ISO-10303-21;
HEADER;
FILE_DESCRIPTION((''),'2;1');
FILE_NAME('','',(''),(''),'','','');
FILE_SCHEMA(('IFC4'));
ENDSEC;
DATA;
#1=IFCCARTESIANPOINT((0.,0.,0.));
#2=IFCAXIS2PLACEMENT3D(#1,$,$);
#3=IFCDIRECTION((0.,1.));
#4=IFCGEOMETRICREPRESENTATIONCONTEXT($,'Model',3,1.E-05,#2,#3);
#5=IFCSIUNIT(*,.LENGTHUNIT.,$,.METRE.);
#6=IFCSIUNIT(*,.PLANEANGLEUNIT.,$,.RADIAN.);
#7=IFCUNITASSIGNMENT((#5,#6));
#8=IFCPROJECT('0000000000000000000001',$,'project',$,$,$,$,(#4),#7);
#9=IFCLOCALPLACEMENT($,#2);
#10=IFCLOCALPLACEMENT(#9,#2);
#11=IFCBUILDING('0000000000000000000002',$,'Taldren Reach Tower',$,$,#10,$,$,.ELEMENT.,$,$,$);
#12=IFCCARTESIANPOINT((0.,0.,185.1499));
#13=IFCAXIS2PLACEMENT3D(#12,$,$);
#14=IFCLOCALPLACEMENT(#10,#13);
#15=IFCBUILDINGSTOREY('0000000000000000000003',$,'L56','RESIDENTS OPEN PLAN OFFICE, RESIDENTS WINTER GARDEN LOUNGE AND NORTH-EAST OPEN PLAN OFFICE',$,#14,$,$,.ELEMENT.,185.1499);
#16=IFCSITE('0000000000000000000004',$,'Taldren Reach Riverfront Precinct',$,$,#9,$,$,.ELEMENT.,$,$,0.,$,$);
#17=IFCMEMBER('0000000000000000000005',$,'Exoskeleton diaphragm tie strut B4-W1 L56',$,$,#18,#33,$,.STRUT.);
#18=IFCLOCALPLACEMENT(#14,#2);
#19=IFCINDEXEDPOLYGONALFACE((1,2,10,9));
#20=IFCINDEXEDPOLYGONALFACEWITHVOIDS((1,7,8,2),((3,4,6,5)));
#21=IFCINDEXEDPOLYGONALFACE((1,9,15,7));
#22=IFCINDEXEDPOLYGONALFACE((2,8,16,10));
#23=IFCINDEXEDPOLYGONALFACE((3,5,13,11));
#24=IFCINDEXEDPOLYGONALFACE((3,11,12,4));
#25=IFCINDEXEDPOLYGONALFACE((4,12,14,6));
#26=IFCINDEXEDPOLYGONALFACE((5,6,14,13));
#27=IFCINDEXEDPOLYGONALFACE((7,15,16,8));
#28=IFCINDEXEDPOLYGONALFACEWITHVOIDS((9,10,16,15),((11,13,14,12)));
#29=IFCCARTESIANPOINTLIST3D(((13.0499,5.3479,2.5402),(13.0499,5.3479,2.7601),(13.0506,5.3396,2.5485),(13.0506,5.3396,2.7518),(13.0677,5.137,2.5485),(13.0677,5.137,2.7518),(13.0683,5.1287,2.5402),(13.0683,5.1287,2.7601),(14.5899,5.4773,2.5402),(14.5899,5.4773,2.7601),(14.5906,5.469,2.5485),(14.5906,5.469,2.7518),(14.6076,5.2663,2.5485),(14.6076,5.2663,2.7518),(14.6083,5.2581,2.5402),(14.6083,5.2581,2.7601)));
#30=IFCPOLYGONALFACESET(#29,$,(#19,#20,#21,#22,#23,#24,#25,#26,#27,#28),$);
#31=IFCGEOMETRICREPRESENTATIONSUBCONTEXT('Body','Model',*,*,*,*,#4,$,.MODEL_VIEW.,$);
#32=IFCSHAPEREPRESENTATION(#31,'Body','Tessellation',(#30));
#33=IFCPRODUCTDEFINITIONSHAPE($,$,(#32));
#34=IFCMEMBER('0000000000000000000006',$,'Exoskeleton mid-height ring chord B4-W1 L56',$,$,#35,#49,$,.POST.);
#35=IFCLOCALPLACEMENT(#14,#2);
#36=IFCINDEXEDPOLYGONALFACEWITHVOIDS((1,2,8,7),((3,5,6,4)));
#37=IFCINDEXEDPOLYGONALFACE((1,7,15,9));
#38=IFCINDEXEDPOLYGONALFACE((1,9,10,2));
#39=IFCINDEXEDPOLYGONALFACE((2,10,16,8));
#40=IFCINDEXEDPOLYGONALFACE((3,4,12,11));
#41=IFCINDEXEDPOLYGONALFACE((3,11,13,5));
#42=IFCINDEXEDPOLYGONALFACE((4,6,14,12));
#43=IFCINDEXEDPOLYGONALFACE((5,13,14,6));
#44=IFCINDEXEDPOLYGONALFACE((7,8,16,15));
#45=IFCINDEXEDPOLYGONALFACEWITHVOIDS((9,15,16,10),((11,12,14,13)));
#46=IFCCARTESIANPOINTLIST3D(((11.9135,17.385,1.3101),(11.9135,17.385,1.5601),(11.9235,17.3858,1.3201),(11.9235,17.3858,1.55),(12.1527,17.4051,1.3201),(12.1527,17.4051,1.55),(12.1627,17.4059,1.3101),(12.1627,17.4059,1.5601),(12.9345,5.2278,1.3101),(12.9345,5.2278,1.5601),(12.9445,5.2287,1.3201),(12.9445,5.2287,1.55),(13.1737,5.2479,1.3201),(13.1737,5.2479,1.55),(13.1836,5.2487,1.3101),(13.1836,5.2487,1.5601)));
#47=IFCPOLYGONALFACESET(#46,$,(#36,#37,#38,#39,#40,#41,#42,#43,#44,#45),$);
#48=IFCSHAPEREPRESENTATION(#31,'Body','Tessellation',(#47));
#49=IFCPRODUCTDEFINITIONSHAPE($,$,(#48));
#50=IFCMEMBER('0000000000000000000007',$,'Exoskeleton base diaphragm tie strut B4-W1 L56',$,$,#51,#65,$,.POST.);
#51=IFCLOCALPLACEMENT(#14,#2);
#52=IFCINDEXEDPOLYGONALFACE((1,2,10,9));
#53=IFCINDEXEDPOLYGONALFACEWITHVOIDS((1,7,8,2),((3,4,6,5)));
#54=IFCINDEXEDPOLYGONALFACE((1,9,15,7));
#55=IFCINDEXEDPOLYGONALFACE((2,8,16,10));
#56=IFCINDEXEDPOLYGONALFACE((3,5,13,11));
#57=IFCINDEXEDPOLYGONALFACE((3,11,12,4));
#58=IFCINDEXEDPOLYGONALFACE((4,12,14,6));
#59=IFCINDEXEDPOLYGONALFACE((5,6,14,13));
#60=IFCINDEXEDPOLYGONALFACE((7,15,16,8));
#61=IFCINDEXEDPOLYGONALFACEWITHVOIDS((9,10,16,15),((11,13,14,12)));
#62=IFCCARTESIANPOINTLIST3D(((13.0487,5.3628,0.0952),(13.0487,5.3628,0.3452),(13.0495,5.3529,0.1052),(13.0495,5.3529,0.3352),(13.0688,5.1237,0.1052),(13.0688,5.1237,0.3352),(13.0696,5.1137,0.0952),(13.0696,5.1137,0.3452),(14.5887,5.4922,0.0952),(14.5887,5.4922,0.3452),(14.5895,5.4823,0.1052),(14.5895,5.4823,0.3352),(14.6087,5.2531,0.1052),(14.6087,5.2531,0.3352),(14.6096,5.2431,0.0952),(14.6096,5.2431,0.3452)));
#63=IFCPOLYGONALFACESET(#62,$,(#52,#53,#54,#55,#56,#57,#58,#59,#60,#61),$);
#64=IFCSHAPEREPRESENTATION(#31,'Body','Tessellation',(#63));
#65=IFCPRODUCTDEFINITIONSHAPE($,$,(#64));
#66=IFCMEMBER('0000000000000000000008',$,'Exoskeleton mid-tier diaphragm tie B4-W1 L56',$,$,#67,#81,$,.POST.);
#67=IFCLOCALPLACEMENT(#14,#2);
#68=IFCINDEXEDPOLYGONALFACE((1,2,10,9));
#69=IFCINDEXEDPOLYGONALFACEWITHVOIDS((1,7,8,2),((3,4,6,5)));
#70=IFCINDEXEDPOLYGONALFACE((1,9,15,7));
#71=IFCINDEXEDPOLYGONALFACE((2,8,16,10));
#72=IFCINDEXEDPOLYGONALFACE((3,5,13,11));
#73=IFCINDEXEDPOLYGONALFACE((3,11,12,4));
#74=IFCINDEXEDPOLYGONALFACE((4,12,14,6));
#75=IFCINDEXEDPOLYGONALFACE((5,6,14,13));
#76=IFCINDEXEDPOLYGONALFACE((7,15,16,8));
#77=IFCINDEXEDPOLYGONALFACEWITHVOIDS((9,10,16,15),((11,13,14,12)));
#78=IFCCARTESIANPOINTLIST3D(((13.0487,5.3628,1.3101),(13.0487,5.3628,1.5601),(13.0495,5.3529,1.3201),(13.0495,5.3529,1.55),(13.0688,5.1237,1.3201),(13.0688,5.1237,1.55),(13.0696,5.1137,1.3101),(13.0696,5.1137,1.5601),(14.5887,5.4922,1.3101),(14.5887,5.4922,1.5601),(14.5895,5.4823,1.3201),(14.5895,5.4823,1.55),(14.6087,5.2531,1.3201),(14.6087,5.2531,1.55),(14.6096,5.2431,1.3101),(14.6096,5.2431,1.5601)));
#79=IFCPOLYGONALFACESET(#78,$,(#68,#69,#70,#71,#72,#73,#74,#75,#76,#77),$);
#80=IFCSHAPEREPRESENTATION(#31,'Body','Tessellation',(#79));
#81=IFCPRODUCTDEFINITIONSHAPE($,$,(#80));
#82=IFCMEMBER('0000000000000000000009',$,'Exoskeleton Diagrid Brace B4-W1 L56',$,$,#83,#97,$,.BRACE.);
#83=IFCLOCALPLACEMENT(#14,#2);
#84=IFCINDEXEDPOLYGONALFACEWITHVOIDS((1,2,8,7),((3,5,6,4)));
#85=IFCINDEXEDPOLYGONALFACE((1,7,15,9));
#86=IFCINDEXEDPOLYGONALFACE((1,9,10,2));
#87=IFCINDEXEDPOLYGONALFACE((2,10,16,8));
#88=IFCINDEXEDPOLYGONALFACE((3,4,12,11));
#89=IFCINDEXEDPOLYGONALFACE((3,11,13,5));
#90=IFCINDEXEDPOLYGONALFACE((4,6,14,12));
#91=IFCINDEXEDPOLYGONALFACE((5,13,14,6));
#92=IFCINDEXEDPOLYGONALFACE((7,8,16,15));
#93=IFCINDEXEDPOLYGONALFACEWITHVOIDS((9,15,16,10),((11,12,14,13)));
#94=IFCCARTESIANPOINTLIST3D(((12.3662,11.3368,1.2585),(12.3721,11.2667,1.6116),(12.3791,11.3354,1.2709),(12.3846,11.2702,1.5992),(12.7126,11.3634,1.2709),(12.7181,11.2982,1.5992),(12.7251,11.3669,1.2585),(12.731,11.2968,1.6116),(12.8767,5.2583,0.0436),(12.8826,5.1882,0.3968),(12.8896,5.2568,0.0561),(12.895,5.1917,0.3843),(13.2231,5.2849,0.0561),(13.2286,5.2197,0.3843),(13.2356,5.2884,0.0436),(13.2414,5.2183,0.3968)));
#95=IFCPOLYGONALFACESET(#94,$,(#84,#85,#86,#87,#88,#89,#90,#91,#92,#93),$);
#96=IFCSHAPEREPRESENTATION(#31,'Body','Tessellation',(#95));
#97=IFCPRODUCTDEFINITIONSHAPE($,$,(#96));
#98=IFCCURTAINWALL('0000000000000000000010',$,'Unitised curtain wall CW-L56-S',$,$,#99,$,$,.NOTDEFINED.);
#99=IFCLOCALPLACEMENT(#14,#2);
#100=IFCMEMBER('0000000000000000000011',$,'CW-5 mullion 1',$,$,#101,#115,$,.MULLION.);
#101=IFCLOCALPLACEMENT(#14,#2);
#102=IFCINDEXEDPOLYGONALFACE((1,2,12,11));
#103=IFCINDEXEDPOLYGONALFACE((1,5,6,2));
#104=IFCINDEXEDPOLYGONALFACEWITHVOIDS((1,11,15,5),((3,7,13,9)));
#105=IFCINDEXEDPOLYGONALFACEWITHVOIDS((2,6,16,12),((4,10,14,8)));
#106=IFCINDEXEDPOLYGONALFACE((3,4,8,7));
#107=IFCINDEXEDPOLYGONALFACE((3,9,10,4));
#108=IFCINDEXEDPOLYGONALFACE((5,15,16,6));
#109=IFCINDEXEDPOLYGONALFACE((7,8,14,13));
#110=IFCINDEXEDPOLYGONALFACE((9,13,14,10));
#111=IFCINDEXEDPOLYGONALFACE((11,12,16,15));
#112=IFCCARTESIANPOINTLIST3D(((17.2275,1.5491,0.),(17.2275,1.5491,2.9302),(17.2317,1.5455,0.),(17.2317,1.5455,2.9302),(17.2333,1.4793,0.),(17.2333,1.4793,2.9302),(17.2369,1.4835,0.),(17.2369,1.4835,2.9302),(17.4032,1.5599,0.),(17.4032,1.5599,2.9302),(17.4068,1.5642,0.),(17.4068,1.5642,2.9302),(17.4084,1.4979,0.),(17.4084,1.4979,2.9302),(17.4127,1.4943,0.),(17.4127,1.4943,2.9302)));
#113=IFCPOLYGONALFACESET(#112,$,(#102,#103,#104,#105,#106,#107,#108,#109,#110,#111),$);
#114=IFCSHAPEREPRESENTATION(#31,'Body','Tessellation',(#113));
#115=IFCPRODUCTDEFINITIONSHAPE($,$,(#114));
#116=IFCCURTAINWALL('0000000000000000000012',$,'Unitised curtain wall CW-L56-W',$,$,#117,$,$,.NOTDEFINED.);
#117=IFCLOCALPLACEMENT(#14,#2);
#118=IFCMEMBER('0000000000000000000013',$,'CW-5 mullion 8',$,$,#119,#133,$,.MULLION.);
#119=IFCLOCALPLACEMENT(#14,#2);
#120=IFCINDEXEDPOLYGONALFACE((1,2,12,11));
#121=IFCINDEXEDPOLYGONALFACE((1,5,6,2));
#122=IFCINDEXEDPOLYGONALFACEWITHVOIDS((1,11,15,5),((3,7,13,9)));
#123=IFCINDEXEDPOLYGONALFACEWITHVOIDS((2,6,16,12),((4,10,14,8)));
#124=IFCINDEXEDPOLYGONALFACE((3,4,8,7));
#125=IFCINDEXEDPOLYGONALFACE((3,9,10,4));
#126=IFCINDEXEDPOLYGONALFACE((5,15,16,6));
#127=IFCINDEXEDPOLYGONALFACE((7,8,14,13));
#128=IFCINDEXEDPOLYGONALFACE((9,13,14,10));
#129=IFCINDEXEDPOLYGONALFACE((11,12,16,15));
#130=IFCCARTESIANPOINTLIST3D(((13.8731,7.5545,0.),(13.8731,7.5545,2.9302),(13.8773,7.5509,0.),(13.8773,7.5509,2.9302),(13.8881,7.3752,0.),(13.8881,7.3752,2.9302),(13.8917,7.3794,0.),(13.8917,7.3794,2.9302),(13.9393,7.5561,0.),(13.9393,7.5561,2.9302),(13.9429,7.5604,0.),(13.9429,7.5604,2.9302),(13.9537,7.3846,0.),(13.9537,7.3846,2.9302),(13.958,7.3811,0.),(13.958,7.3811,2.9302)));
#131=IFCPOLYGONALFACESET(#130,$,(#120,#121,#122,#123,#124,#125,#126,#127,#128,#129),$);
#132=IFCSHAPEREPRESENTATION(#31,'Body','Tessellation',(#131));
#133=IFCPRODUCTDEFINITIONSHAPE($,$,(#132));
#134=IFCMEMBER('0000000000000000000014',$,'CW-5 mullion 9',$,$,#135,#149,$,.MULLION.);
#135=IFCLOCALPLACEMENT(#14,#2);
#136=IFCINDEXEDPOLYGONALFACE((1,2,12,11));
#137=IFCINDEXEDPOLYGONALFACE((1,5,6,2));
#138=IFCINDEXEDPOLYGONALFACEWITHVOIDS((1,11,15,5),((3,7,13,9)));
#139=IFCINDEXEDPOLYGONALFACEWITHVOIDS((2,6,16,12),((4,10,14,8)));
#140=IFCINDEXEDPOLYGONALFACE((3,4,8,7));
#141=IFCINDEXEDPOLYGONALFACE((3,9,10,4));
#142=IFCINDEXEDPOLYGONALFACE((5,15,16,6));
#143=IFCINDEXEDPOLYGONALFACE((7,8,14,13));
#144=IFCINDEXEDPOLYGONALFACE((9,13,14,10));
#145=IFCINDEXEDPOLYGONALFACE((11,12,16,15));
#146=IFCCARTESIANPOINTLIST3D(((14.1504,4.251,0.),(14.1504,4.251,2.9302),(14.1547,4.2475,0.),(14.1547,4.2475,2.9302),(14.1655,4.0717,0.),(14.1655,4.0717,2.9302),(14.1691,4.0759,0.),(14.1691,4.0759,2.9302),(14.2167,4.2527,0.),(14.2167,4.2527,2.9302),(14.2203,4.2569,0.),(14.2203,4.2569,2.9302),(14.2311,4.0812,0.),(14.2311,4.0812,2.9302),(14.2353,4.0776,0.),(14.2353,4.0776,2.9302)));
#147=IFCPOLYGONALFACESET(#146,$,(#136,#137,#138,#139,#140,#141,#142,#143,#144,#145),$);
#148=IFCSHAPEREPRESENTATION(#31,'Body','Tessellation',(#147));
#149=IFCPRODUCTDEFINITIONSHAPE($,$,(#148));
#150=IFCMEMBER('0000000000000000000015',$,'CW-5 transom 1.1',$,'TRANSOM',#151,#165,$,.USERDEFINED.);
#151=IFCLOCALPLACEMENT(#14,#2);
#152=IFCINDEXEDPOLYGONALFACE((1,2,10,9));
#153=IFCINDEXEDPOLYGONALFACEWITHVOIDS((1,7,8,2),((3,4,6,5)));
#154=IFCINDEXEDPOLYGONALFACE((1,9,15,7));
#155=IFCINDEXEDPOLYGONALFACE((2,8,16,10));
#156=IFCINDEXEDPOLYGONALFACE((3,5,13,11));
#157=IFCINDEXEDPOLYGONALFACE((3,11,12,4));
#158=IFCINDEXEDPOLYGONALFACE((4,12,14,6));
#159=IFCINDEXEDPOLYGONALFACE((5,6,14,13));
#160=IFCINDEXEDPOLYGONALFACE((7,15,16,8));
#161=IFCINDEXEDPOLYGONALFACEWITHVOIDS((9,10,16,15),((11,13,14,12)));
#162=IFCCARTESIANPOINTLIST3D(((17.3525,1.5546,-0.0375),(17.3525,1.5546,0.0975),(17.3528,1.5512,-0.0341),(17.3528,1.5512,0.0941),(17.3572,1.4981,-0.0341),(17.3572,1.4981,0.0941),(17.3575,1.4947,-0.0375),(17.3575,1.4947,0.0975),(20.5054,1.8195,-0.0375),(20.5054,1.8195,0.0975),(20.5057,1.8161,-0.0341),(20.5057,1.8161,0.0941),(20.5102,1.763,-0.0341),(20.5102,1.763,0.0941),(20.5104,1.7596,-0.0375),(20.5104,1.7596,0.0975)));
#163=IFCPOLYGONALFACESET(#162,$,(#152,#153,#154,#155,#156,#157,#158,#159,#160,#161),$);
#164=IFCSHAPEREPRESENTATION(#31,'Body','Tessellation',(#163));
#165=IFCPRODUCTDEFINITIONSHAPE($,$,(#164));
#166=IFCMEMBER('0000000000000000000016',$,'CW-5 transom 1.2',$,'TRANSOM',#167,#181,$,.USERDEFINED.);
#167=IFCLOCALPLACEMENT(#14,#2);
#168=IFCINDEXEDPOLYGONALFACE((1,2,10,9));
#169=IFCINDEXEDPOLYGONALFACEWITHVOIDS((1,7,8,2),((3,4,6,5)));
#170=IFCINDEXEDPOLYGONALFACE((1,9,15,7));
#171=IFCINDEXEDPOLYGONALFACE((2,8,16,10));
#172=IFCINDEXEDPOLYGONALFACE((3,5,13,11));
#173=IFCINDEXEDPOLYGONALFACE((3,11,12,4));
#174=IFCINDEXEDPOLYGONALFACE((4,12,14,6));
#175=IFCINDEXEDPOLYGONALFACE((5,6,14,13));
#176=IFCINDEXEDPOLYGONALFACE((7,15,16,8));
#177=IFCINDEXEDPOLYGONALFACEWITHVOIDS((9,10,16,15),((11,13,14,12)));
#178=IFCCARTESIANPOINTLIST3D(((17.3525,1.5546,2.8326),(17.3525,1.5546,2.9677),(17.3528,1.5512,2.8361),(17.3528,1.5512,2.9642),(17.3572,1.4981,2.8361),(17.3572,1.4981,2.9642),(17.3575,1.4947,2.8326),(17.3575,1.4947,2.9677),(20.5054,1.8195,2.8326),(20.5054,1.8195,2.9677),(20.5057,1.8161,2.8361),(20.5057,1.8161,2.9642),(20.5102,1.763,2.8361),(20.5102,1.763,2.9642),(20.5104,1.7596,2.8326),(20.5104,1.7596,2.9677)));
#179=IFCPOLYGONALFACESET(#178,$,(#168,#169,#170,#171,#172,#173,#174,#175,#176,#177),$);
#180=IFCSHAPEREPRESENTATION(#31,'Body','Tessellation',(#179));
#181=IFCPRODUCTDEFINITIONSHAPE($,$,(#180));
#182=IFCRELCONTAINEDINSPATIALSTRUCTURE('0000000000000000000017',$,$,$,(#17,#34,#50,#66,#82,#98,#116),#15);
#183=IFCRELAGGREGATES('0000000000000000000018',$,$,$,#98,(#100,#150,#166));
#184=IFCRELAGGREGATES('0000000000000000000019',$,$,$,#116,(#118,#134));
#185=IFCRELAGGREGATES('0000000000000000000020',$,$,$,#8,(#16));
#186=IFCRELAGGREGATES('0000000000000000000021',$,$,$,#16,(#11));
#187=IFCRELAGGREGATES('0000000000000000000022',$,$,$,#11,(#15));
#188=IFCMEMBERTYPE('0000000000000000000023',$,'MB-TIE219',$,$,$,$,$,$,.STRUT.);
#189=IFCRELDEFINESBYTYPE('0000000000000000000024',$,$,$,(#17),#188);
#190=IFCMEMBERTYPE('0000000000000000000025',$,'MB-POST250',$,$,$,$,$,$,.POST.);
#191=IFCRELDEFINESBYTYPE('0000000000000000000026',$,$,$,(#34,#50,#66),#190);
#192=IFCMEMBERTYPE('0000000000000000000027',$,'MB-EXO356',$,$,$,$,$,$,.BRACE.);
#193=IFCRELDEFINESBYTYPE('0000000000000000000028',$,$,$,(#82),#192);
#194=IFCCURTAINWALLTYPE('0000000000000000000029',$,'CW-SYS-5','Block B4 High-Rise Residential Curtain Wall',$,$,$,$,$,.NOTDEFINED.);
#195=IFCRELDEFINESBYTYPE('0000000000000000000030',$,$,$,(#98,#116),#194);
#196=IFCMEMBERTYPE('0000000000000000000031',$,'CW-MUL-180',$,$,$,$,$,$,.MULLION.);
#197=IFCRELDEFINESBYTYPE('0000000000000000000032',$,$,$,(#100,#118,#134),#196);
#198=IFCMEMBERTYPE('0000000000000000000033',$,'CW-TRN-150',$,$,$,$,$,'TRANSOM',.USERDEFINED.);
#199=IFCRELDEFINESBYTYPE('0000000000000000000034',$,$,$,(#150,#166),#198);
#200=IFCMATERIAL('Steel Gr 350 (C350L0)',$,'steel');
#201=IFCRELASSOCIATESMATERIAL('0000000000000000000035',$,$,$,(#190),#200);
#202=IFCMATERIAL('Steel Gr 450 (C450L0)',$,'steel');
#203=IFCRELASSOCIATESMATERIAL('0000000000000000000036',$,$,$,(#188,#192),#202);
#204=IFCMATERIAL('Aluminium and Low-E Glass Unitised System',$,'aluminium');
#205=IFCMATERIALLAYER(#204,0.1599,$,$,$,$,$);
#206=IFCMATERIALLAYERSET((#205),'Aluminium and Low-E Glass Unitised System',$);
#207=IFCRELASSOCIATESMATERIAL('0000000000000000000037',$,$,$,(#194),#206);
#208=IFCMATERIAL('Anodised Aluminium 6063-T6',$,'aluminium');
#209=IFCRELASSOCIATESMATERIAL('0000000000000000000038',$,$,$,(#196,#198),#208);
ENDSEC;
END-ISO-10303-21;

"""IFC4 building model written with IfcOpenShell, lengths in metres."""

from ifc_helpers import new_model, si_unit, direction, frame, origin, origin_2d, place, context, subcontext, project, spatial, hollow_rectangle, extrude, source, transform, mapped, material, layer, layer_set, material_profile, profile_set, type_object, element, aggregate, save


model = new_model("IFC4")

# Units and contexts
model_context = context("Model", 3, precision=1e-05, world=origin(), true_north=direction((0.0, 1.0)))
body_context = subcontext(model_context, "Body", "Model", "MODEL_VIEW")
ifc_project = project(units=[si_unit("LENGTHUNIT", "METRE"), si_unit("PLANEANGLEUNIT", "RADIAN")], contexts=[model_context])

# Site, building, storey
site_placement = place(None, origin())
site = spatial("IfcSite", under=ifc_project, at=site_placement, Name="Taldren Reach Riverfront Precinct", CompositionType="ELEMENT", RefElevation=0.0)
building_placement = place(site_placement, origin())
building = spatial("IfcBuilding", under=site, at=building_placement, Name="Taldren Reach Tower", CompositionType="ELEMENT")
storey_placement = place(building_placement, frame((0.0, 0.0, 185.1499)))
storey = spatial("IfcBuildingStorey", under=building, at=storey_placement, Name="L56", Description="RESIDENTS OPEN PLAN OFFICE, RESIDENTS WINTER GARDEN LOUNGE AND NORTH-EAST OPEN PLAN OFFICE", CompositionType="ELEMENT", Elevation=185.1499)

# Shared definitions
ifc_material_1 = material(Name="Steel Gr 350 (C350L0)", Category="steel")

# Shared definitions
ifc_material_profile_1 = material_profile(ifc_material_1, hollow_rectangle(XDim=0.25, YDim=0.25, WallThickness=0.01, at=origin_2d()), Name="250x250x10.0SHS")
ifc_profile_set_1 = profile_set([ifc_material_profile_1], Name="Steel Gr 350 (C350L0)")
member_type_1 = type_object("IfcMemberType", Name="MB-POST250", PredefinedType="POST", material=ifc_profile_set_1)

# Members
ifc_material_2 = material(Name="Steel Gr 450 (C450L0)", Category="steel")
ifc_material_profile_2 = material_profile(ifc_material_2, hollow_rectangle(XDim=0.22, YDim=0.22, WallThickness=0.0083, at=origin_2d()), Name="220x220x8.2SHS")
ifc_profile_set_2 = profile_set([ifc_material_profile_2], Name="Steel Gr 450 (C450L0)")
member_type_2 = type_object("IfcMemberType", Name="MB-TIE219", PredefinedType="STRUT", material=ifc_profile_set_2)
shared_shape_1 = source(origin(), body_context, "Body", "SweptSolid", [
    extrude(hollow_rectangle(XDim=0.22, YDim=0.22, WallThickness=0.0083, at=origin_2d()), origin(), (0.0, 0.0, 1.0), 1.5454),
])
member_1_placement = place(storey_placement, frame((14.5991, 5.3677, 2.6501), z_axis=(-0.996489, -0.083725, 0.0), x_axis=(0.083725, -0.996489, 0.0)))
element("IfcMember", 1, at=member_1_placement, inside=storey, type_object=member_type_2, Name="Exoskeleton diaphragm tie strut B4-W1 L56", PredefinedType="STRUT", context=body_context, shape_type="MappedRepresentation", body=[
    mapped(shared_shape_1, transform((0.0, 0.0, 0.0), scale=1.0)),
])
shared_shape_2 = source(origin(), body_context, "Body", "SweptSolid", [
    extrude(hollow_rectangle(XDim=0.25, YDim=0.25, WallThickness=0.01, at=origin_2d()), origin(), (0.0, 0.0, 1.0), 12.2),
])
member_2_placement = place(storey_placement, frame((13.0591, 5.2383, 1.4351), z_axis=(-0.083688, 0.996492, 0.0), x_axis=(-0.996492, -0.083688, 0.0)))
element("IfcMember", 2, at=member_2_placement, inside=storey, type_object=member_type_1, Name="Exoskeleton mid-height ring chord B4-W1 L56", PredefinedType="POST", context=body_context, shape_type="MappedRepresentation", body=[
    mapped(shared_shape_2, transform((0.0, 0.0, 0.0), scale=1.0)),
])
shared_shape_3 = source(origin(), body_context, "Body", "SweptSolid", [
    extrude(hollow_rectangle(XDim=0.25, YDim=0.25, WallThickness=0.01, at=origin_2d()), origin(), (0.0, 0.0, 1.0), 1.5454),
])
for number, where, z_axis, x_axis, name in (
    (3, (14.5991, 5.3677, 0.2202), (-0.996489, -0.083725, 0.0), (0.083725, -0.996489, 0.0), "Exoskeleton base diaphragm tie strut B4-W1 L56"),
    (4, (14.5991, 5.3677, 1.4351), (-0.996489, -0.083725, 0.0), (0.083725, -0.996489, 0.0), "Exoskeleton mid-tier diaphragm tie B4-W1 L56"),
):
    element("IfcMember", number, at=place(storey_placement, frame(where, z_axis=z_axis, x_axis=x_axis)), inside=storey, type_object=member_type_1, Name=name, PredefinedType="POST", context=body_context, shape_type="MappedRepresentation", body=[
        mapped(shared_shape_3, transform((0.0, 0.0, 0.0), scale=1.0)),
    ])
ifc_material_profile_3 = material_profile(ifc_material_2, hollow_rectangle(XDim=0.3601, YDim=0.3601, WallThickness=0.0127, at=origin_2d()), Name="360x360x12.7SHS")
ifc_profile_set_3 = profile_set([ifc_material_profile_3], Name="Steel Gr 450 (C450L0)")
member_type_3 = type_object("IfcMemberType", Name="MB-EXO356", PredefinedType="BRACE", material=ifc_profile_set_3)
shared_shape_4 = source(origin(), body_context, "Body", "SweptSolid", [
    extrude(hollow_rectangle(XDim=0.3601, YDim=0.3601, WallThickness=0.0127, at=origin_2d()), origin(), (0.0, 0.0, 1.0), 6.2197),
])
member_3_placement = place(storey_placement, frame((13.0591, 5.2383, 0.2202), z_axis=(-0.082076, 0.977299, 0.195319), x_axis=(-0.996492, -0.083688, 0.0)))
element("IfcMember", 5, at=member_3_placement, inside=storey, type_object=member_type_3, Name="Exoskeleton Diagrid Brace B4-W1 L56", PredefinedType="BRACE", context=body_context, shape_type="MappedRepresentation", body=[
    mapped(shared_shape_4, transform((0.0, 0.0, 0.0), scale=1.0)),
])

# Curtain wall, member
ifc_material_3 = material(Name="Aluminium and Low-E Glass Unitised System", Category="aluminium")
ifc_layer_1 = layer(ifc_material_3, 0.1599)
ifc_layer_set_1 = layer_set([ifc_layer_1], Name="Aluminium and Low-E Glass Unitised System")
curtain_wall_type = type_object("IfcCurtainWallType", Name="CW-SYS-5", Description="Block B4 High-Rise Residential Curtain Wall", PredefinedType="NOTDEFINED", material=ifc_layer_set_1)
curtain_wall_1_placement = place(storey_placement, origin())
curtain_wall_1 = element("IfcCurtainWall", 6, at=curtain_wall_1_placement, inside=storey, type_object=curtain_wall_type, Name="Unitised curtain wall CW-L56-S", PredefinedType="NOTDEFINED")
ifc_material_4 = material(Name="Anodised Aluminium 6063-T6", Category="aluminium")
ifc_material_profile_4 = material_profile(ifc_material_4, hollow_rectangle(XDim=0.0701, YDim=0.1799, WallThickness=0.0039, at=origin_2d()), Name="ALU-180x70x4RHS")
ifc_profile_set_4 = profile_set([ifc_material_profile_4], Name="Anodised Aluminium 6063-T6")
member_type_4 = type_object("IfcMemberType", Name="CW-MUL-180", PredefinedType="MULLION", material=ifc_profile_set_4)
shared_shape_5 = source(origin(), body_context, "Body", "SweptSolid", [
    extrude(hollow_rectangle(XDim=0.0701, YDim=0.1799, WallThickness=0.0039, at=origin_2d()), origin(), (0.0, 0.0, 1.0), 2.9302),
])
member_4_placement = place(storey_placement, frame((17.3201, 1.5217, 0.0), z_axis=(0.0, 0.0, 1.0), x_axis=(-0.083678, 0.996493, 0.0)))
member_4 = element("IfcMember", 7, at=member_4_placement, type_object=member_type_4, Name="CW-5 mullion 1", PredefinedType="MULLION", context=body_context, shape_type="MappedRepresentation", body=[
    mapped(shared_shape_5, transform((0.0, 0.0, 0.0), scale=1.0)),
])

# Curtain wall, members
curtain_wall_2_placement = place(storey_placement, origin())
curtain_wall_2 = element("IfcCurtainWall", 8, at=curtain_wall_2_placement, inside=storey, type_object=curtain_wall_type, Name="Unitised curtain wall CW-L56-W", PredefinedType="NOTDEFINED")
member_5_placement = place(storey_placement, frame((13.9155, 7.4678, 0.0), z_axis=(0.0, 0.0, 1.0), x_axis=(0.996493, 0.083678, 0.0)))
member_5 = element("IfcMember", 9, at=member_5_placement, type_object=member_type_4, Name="CW-5 mullion 8", PredefinedType="MULLION", context=body_context, shape_type="MappedRepresentation", body=[
    mapped(shared_shape_5, transform((0.0, 0.0, 0.0), scale=1.0)),
])
member_6_placement = place(storey_placement, frame((14.1929, 4.1643, 0.0), z_axis=(0.0, 0.0, 1.0), x_axis=(0.996493, 0.083678, 0.0)))
member_6 = element("IfcMember", 10, at=member_6_placement, type_object=member_type_4, Name="CW-5 mullion 9", PredefinedType="MULLION", context=body_context, shape_type="MappedRepresentation", body=[
    mapped(shared_shape_5, transform((0.0, 0.0, 0.0), scale=1.0)),
])

# Members
ifc_material_profile_5 = material_profile(ifc_material_4, hollow_rectangle(XDim=0.0601, YDim=0.135, WallThickness=0.0034, at=origin_2d()), Name="ALU-135x60x3.5RHS")
ifc_profile_set_5 = profile_set([ifc_material_profile_5], Name="Anodised Aluminium 6063-T6")
member_type_5 = type_object("IfcMemberType", Name="CW-TRN-150", ElementType="TRANSOM", PredefinedType="USERDEFINED", material=ifc_profile_set_5)
shared_shape_6 = source(origin(), body_context, "Body", "SweptSolid", [
    extrude(hollow_rectangle(XDim=0.0601, YDim=0.135, WallThickness=0.0034, at=origin_2d()), origin(), (0.0, 0.0, 1.0), 3.1641),
])
member_7_placement = place(storey_placement, frame((17.355, 1.5247, 0.03), z_axis=(0.99649, 0.083716, 0.0), x_axis=(-0.083716, 0.99649, 0.0)))
member_7 = element("IfcMember", 11, at=member_7_placement, type_object=member_type_5, Name="CW-5 transom 1.1", ObjectType="TRANSOM", PredefinedType="USERDEFINED", context=body_context, shape_type="MappedRepresentation", body=[
    mapped(shared_shape_6, transform((0.0, 0.0, 0.0), scale=1.0)),
])
member_8_placement = place(storey_placement, frame((17.355, 1.5247, 2.9001), z_axis=(0.99649, 0.083716, 0.0), x_axis=(-0.083716, 0.99649, 0.0)))
member_8 = element("IfcMember", 12, at=member_8_placement, type_object=member_type_5, Name="CW-5 transom 1.2", ObjectType="TRANSOM", PredefinedType="USERDEFINED", context=body_context, shape_type="MappedRepresentation", body=[
    mapped(shared_shape_6, transform((0.0, 0.0, 0.0), scale=1.0)),
])
aggregate(curtain_wall_1, [member_4, member_7, member_8])

aggregate(curtain_wall_2, [member_5, member_6])

save(model, "model.ifc")
